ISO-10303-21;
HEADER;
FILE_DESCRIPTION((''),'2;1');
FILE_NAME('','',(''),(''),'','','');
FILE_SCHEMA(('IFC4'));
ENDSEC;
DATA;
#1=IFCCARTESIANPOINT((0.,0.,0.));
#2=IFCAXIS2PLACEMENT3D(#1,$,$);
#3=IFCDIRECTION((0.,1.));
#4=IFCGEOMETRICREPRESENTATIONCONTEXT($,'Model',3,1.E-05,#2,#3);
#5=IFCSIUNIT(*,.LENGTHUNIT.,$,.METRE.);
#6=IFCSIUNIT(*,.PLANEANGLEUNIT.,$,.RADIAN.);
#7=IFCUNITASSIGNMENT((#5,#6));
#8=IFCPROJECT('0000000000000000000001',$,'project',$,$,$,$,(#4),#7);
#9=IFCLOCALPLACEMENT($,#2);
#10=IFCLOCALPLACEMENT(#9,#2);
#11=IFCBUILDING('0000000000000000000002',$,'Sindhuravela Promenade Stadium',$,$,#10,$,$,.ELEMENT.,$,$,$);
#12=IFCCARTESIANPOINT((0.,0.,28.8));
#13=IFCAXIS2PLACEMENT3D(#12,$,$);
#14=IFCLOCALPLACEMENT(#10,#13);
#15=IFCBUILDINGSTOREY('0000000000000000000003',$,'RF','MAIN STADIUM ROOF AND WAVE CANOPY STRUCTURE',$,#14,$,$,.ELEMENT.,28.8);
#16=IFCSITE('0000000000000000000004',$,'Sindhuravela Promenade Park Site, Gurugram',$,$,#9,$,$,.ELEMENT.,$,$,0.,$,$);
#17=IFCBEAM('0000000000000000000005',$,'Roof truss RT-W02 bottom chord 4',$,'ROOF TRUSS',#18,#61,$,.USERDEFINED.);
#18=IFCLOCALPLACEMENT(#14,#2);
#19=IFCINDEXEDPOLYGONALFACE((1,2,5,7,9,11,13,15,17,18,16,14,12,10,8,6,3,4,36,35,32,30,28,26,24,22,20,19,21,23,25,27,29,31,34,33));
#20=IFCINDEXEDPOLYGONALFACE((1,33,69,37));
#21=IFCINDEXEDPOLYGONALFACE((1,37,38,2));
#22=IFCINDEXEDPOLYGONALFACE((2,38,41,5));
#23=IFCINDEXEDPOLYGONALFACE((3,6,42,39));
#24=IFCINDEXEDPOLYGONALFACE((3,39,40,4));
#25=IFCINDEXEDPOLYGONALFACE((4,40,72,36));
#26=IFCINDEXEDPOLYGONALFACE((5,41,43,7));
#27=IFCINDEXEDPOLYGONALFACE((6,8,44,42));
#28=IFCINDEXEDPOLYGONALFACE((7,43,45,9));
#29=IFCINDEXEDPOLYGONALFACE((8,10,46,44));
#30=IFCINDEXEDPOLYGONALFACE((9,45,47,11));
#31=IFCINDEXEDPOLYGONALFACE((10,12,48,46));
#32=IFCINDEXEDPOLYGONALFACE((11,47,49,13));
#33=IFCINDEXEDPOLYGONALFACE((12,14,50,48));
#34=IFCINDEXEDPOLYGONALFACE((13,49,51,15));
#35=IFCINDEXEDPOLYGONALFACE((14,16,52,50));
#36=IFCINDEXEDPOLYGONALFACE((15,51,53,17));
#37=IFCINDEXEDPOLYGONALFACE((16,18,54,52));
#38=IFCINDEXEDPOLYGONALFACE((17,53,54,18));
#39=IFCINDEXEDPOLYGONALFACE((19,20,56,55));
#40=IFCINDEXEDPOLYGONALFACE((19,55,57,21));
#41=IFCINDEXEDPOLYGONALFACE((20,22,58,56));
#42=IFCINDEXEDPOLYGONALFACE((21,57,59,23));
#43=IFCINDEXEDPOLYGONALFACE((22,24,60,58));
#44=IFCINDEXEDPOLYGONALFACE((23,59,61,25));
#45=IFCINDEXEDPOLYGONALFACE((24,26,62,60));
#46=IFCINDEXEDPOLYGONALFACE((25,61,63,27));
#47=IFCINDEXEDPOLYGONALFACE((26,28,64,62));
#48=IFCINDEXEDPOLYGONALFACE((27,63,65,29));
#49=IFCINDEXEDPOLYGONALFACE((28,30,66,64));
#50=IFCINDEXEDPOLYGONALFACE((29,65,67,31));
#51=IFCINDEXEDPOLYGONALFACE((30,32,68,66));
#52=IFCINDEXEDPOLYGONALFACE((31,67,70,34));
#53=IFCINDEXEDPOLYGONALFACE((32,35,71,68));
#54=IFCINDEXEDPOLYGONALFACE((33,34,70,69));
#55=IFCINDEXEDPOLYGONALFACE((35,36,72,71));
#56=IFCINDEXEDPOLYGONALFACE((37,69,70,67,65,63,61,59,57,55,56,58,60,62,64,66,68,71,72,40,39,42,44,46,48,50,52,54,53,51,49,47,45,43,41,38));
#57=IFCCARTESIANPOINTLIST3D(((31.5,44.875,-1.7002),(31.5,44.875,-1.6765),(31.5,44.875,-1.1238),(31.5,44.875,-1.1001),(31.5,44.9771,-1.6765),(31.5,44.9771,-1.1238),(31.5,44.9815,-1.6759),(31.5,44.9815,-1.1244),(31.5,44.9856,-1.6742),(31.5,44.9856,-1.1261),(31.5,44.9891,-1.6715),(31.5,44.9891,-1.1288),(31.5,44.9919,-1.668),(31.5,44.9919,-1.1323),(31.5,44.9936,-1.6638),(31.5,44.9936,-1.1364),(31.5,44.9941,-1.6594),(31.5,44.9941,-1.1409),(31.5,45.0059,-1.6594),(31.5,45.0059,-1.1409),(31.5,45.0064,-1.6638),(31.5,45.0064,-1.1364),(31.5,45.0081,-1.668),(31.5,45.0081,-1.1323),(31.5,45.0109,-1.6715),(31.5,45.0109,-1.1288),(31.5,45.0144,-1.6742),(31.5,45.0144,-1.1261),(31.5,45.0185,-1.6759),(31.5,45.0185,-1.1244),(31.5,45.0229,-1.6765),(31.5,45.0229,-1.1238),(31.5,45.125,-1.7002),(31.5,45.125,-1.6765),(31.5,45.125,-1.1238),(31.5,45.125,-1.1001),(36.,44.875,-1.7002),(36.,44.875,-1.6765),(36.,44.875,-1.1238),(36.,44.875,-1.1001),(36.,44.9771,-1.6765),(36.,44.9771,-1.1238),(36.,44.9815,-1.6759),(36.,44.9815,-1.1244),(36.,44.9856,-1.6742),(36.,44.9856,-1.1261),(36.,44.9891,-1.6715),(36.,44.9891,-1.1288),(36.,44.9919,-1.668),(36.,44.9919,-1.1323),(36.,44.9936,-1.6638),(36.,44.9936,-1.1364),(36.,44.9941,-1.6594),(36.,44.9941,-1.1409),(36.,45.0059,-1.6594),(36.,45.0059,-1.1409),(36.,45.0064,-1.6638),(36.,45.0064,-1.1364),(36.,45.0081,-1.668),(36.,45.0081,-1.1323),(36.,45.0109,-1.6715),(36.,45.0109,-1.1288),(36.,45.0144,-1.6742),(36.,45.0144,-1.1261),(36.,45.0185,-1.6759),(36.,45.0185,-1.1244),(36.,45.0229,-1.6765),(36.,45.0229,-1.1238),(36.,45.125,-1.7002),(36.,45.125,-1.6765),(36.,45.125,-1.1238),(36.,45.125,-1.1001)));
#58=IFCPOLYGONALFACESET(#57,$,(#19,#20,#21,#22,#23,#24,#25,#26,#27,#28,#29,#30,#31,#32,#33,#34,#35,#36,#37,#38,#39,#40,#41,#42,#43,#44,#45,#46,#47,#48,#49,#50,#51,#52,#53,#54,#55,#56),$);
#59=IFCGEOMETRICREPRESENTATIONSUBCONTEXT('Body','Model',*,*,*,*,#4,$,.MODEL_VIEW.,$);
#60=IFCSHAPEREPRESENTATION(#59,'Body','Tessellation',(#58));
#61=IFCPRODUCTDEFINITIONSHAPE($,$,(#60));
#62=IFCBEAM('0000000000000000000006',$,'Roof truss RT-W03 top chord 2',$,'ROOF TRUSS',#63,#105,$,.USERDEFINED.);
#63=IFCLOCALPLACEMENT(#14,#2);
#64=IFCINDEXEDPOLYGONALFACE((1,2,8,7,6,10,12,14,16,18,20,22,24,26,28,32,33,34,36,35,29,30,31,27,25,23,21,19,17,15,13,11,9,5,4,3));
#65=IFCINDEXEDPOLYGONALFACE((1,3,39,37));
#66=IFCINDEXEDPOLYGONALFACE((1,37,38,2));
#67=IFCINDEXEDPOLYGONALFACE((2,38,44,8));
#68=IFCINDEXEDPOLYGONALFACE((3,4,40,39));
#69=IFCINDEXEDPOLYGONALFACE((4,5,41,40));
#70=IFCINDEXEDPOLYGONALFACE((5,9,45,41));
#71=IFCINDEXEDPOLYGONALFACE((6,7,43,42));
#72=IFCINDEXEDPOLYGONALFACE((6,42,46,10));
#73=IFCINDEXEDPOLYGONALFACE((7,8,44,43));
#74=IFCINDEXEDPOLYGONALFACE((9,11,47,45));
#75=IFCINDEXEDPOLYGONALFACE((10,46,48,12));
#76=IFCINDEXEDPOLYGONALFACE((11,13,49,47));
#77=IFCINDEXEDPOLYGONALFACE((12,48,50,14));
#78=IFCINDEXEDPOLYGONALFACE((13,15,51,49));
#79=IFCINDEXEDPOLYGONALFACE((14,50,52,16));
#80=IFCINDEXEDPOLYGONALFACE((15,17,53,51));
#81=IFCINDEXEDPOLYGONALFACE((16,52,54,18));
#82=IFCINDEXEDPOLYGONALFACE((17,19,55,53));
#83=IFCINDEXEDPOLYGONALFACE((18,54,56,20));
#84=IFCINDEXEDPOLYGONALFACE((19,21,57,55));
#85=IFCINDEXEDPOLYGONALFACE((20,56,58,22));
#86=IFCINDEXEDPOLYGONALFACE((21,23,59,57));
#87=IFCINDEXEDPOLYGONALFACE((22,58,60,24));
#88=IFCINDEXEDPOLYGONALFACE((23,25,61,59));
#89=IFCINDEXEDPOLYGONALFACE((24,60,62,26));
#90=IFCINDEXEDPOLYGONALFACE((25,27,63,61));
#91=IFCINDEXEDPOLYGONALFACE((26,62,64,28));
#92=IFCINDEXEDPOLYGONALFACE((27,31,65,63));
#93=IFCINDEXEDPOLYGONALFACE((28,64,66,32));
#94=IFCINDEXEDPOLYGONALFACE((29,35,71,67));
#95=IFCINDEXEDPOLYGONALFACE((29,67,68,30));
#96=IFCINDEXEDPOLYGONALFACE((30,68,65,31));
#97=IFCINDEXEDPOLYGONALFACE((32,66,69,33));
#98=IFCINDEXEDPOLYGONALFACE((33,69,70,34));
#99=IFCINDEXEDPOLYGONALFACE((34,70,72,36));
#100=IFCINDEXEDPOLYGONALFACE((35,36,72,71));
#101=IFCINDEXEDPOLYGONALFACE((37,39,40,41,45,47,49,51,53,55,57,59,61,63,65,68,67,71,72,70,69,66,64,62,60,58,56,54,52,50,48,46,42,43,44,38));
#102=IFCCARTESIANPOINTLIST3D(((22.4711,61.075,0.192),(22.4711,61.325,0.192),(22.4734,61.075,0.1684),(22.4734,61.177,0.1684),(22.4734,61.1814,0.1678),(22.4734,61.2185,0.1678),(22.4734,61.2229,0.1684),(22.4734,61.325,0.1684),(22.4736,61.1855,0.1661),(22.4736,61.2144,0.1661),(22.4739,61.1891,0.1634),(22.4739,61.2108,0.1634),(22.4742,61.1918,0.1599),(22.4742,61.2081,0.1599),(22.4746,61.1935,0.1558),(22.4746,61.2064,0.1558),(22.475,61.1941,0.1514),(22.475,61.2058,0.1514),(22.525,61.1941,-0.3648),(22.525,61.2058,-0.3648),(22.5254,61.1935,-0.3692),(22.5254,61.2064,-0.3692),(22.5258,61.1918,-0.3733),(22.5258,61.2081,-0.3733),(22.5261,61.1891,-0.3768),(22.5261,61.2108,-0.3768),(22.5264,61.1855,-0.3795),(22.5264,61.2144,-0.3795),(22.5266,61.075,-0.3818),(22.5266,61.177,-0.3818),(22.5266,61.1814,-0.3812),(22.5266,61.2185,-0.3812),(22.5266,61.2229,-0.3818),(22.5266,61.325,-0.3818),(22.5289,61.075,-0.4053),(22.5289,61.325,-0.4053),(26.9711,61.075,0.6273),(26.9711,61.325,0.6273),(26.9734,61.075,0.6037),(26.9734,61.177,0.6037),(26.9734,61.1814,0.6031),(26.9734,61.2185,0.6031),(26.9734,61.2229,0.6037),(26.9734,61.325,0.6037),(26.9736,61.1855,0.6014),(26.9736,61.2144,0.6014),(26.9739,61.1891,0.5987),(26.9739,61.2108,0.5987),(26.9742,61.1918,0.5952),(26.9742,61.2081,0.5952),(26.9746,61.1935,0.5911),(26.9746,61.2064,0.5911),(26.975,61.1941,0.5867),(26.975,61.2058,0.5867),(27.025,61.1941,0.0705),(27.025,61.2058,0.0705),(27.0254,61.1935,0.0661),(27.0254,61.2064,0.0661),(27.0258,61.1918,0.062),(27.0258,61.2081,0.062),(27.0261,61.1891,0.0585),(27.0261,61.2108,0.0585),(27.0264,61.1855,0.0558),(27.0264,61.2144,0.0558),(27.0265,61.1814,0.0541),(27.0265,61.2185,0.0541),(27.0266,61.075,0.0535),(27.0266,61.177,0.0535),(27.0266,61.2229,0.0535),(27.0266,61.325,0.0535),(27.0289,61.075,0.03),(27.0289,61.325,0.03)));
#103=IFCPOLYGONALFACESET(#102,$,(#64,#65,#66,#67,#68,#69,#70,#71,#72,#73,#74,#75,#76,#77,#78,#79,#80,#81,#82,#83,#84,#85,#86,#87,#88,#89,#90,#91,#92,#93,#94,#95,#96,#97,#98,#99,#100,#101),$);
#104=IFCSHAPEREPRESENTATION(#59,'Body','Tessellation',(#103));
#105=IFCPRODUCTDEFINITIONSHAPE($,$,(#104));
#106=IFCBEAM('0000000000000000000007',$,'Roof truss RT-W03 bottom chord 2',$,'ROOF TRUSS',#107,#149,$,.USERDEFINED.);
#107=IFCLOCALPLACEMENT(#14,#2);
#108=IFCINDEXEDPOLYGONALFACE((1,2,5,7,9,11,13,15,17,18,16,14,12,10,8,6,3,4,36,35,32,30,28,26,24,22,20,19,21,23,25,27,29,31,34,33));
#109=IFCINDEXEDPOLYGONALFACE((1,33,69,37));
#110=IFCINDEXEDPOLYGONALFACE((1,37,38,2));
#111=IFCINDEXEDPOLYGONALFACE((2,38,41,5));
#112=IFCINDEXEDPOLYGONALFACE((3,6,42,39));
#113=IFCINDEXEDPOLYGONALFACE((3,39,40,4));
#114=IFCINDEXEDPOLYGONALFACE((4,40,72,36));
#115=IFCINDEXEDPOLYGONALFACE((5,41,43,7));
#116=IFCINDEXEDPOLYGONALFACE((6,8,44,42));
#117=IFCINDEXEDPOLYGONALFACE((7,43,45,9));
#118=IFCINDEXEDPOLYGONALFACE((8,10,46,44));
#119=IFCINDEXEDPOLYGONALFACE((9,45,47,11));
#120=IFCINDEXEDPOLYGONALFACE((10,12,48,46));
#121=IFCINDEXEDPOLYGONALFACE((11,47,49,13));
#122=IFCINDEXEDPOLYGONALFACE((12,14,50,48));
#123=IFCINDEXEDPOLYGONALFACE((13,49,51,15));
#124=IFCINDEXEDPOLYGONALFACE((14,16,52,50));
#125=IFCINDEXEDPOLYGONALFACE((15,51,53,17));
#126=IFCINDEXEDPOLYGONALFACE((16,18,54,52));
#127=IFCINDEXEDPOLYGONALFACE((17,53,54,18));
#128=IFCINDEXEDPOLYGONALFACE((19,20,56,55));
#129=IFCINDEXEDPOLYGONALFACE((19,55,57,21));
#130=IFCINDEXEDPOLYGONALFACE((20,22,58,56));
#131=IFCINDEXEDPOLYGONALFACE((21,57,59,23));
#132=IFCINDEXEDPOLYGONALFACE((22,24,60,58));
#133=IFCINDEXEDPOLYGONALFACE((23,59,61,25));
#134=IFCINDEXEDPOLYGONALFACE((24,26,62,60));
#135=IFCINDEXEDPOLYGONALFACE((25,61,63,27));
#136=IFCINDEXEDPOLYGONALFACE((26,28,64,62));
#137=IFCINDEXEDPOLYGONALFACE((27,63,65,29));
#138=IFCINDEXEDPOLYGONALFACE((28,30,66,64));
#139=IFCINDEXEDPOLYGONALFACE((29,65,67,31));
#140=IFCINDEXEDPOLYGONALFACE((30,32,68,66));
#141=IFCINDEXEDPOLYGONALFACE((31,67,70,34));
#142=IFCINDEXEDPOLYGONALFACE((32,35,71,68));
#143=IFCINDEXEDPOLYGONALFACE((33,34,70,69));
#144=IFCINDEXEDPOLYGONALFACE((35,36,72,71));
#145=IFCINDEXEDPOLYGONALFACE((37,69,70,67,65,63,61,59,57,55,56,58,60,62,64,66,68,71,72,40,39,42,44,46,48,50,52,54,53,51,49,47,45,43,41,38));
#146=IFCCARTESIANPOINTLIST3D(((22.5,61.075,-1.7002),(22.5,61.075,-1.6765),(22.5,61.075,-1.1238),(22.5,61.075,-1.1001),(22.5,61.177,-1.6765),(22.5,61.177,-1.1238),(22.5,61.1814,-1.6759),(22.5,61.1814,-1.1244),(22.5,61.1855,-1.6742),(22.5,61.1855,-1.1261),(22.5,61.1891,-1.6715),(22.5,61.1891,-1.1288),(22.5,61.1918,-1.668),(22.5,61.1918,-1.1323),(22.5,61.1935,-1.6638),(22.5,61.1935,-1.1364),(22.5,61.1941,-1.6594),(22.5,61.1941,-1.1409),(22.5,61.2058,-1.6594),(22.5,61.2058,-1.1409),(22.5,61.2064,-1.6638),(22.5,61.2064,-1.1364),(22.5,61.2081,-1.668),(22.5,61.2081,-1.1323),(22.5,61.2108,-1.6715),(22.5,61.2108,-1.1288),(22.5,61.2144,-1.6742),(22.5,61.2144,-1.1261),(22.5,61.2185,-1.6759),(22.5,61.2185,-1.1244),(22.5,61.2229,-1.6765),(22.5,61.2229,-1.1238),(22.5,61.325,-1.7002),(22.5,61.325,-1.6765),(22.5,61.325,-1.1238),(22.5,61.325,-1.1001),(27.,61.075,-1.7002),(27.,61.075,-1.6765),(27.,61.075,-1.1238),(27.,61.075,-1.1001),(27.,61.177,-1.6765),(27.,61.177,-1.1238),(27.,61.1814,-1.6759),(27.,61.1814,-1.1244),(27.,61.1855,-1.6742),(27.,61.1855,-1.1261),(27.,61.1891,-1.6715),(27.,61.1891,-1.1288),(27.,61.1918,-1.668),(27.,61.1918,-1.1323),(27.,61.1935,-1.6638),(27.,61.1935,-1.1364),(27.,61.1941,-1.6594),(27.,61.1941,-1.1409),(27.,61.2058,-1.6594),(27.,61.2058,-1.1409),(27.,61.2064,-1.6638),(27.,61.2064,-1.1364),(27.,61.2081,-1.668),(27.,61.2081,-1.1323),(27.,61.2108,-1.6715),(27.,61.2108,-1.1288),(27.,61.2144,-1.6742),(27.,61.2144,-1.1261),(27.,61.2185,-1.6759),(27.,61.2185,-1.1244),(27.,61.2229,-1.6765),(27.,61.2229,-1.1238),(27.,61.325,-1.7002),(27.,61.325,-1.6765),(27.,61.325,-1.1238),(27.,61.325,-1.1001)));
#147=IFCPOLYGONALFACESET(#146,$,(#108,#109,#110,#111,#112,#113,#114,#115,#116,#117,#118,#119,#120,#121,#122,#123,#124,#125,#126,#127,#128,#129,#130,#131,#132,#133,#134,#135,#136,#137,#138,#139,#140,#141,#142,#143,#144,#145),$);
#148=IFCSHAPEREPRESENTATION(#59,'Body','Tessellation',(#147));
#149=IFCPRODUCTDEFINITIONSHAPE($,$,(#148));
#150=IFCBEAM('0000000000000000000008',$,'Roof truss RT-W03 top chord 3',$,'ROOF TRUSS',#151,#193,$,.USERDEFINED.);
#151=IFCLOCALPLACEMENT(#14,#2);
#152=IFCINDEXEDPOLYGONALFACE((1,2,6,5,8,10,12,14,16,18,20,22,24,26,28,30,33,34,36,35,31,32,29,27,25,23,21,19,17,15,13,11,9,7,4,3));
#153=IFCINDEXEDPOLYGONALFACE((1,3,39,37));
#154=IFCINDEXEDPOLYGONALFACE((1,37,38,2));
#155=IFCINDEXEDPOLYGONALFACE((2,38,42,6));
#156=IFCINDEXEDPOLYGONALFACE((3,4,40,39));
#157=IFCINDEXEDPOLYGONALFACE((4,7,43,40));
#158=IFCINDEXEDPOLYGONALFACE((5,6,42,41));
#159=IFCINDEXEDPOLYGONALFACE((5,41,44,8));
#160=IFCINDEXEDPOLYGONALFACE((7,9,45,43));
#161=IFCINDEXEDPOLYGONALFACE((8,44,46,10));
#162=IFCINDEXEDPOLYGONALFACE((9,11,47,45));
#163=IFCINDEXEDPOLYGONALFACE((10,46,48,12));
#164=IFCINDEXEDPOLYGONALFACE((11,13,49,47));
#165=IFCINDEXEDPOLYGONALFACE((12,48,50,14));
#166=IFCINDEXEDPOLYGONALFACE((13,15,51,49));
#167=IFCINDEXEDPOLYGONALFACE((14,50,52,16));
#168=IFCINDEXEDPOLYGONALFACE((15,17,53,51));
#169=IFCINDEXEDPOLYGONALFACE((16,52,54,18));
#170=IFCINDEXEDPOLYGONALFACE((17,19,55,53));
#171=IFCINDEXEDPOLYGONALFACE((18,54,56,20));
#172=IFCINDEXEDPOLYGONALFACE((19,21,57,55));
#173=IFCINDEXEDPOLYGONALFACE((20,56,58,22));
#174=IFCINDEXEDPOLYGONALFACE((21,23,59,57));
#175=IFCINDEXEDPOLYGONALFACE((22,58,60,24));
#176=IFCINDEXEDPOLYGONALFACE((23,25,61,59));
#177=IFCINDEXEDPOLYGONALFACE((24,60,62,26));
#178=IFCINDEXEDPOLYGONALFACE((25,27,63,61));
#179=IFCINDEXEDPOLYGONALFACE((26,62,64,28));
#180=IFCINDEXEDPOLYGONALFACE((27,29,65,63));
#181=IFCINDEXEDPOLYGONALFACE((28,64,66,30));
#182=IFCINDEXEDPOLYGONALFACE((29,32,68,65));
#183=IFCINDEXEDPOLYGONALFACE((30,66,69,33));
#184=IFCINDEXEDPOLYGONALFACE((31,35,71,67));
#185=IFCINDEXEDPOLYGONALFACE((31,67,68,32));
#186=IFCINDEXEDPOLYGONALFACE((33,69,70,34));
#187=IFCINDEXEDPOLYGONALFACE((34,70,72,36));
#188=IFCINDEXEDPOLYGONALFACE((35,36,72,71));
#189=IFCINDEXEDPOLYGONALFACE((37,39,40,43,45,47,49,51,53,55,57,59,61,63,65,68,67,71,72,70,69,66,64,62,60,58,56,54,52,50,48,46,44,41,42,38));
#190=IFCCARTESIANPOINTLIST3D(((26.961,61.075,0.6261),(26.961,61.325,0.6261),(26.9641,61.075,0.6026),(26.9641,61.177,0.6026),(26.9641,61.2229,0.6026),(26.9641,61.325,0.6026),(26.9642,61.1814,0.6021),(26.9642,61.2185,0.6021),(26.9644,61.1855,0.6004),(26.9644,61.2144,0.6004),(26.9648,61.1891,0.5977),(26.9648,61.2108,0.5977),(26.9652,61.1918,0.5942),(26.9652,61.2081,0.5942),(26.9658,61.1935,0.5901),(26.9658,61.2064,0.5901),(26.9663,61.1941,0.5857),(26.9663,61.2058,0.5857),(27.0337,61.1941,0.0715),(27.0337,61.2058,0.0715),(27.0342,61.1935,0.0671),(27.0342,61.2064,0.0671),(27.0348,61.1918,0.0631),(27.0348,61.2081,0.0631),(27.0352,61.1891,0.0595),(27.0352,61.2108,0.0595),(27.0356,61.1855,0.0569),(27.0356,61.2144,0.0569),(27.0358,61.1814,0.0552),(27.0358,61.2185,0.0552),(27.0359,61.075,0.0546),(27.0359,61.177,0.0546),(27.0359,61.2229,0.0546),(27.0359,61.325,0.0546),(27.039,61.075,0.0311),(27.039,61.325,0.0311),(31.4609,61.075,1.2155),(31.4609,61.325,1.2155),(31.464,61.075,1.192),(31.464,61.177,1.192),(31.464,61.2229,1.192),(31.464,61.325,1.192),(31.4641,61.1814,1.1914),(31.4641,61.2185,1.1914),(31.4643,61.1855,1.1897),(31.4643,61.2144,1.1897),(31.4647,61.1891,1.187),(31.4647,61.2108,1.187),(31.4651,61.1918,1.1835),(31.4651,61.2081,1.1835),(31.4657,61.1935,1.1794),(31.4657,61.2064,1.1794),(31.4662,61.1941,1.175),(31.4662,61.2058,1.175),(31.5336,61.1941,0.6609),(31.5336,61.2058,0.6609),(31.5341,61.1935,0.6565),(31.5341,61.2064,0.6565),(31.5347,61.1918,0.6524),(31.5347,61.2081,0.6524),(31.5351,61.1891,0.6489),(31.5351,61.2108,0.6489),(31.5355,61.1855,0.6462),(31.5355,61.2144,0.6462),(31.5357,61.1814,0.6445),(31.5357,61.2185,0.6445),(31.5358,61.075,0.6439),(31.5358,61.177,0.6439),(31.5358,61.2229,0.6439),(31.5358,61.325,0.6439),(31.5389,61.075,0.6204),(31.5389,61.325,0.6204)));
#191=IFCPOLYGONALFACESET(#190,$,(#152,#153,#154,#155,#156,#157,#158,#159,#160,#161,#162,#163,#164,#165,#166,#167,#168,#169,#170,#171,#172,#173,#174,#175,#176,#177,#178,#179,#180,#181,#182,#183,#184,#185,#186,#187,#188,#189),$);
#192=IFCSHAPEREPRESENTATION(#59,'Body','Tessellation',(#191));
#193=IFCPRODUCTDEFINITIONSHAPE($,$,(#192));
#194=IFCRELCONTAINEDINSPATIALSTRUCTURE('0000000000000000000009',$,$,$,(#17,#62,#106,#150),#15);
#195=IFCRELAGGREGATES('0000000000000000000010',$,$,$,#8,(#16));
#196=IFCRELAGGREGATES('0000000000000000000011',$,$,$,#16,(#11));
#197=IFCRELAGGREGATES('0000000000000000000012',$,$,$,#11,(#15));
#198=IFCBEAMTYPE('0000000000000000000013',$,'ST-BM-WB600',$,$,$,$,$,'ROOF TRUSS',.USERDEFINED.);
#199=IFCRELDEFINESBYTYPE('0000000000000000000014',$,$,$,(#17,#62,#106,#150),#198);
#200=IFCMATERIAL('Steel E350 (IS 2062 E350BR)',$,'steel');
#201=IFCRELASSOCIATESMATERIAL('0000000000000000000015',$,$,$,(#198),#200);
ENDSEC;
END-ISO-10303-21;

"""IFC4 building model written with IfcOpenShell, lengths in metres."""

from ifc_helpers import new_model, si_unit, direction, frame, origin, origin_2d, place, context, subcontext, project, spatial, i_section, extrude, material, material_profile, profile_set, type_object, element, save


model = new_model("IFC4")

# Units and contexts
model_context = context("Model", 3, precision=1e-05, world=origin(), true_north=direction((0.0, 1.0)))
body_context = subcontext(model_context, "Body", "Model", "MODEL_VIEW")
ifc_project = project(units=[si_unit("LENGTHUNIT", "METRE"), si_unit("PLANEANGLEUNIT", "RADIAN")], contexts=[model_context])

# Site, building, storey
site_placement = place(None, origin())
site = spatial("IfcSite", under=ifc_project, at=site_placement, Name="Sindhuravela Promenade Park Site, Gurugram", CompositionType="ELEMENT", RefElevation=0.0)
building_placement = place(site_placement, origin())
building = spatial("IfcBuilding", under=site, at=building_placement, Name="Sindhuravela Promenade Stadium", CompositionType="ELEMENT")
storey_placement = place(building_placement, frame((0.0, 0.0, 28.8)))
storey = spatial("IfcBuildingStorey", under=building, at=storey_placement, Name="RF", Description="MAIN STADIUM ROOF AND WAVE CANOPY STRUCTURE", CompositionType="ELEMENT", Elevation=28.8)

# Beams
ifc_material_1 = material(Name="Steel E350 (IS 2062 E350BR)", Category="steel")
ifc_material_profile_1 = material_profile(ifc_material_1, i_section(OverallWidth=0.25, OverallDepth=0.6001, WebThickness=0.0117, FlangeThickness=0.0237, FilletRadius=0.0171, at=origin_2d()), Name="ISWB 600")
ifc_profile_set_1 = profile_set([ifc_material_profile_1], Name="Steel E350 (IS 2062 E350BR)")
beam_type_1 = type_object("IfcBeamType", Name="ST-BM-WB600", ElementType="ROOF TRUSS", PredefinedType="USERDEFINED", material=ifc_profile_set_1)
beam_1_placement = place(storey_placement, frame((31.5, 45.0, -1.4001), z_axis=(1.0, 0.0, 0.0), x_axis=(0.0, 1.0, 0.0)))
element("IfcBeam", 1, at=beam_1_placement, inside=storey, type_object=beam_type_1, Name="Roof truss RT-W02 bottom chord 4", ObjectType="ROOF TRUSS", PredefinedType="USERDEFINED", context=body_context, shape_type="SweptSolid", body=[
    extrude(i_section(OverallWidth=0.25, OverallDepth=0.6001, WebThickness=0.0117, FlangeThickness=0.0237, FilletRadius=0.0171, at=origin_2d()), origin(), (0.0, 0.0, 1.0), 4.5),
])
beam_2_placement = place(storey_placement, frame((22.5, 61.2, -0.1067), z_axis=(0.995354, 0.0, 0.096285), x_axis=(0.0, 1.0, 0.0)))
element("IfcBeam", 2, at=beam_2_placement, inside=storey, type_object=beam_type_1, Name="Roof truss RT-W03 top chord 2", ObjectType="ROOF TRUSS", PredefinedType="USERDEFINED", context=body_context, shape_type="SweptSolid", body=[
    extrude(i_section(OverallWidth=0.25, OverallDepth=0.6001, WebThickness=0.0117, FlangeThickness=0.0237, FilletRadius=0.0171, at=origin_2d()), origin(), (0.0, 0.0, 1.0), 4.521),
])
beam_3_placement = place(storey_placement, frame((22.5, 61.2, -1.4001), z_axis=(1.0, 0.0, 0.0), x_axis=(0.0, 1.0, 0.0)))
element("IfcBeam", 3, at=beam_3_placement, inside=storey, type_object=beam_type_1, Name="Roof truss RT-W03 bottom chord 2", ObjectType="ROOF TRUSS", PredefinedType="USERDEFINED", context=body_context, shape_type="SweptSolid", body=[
    extrude(i_section(OverallWidth=0.25, OverallDepth=0.6001, WebThickness=0.0117, FlangeThickness=0.0237, FilletRadius=0.0171, at=origin_2d()), origin(), (0.0, 0.0, 1.0), 4.5),
])
beam_4_placement = place(storey_placement, frame((27.0, 61.2, 0.3286), z_axis=(0.991532, 0.0, 0.129859), x_axis=(0.0, 1.0, 0.0)))
element("IfcBeam", 4, at=beam_4_placement, inside=storey, type_object=beam_type_1, Name="Roof truss RT-W03 top chord 3", ObjectType="ROOF TRUSS", PredefinedType="USERDEFINED", context=body_context, shape_type="SweptSolid", body=[
    extrude(i_section(OverallWidth=0.25, OverallDepth=0.6001, WebThickness=0.0117, FlangeThickness=0.0237, FilletRadius=0.0171, at=origin_2d()), origin(), (0.0, 0.0, 1.0), 4.5383),
])

save(model, "model.ifc")
